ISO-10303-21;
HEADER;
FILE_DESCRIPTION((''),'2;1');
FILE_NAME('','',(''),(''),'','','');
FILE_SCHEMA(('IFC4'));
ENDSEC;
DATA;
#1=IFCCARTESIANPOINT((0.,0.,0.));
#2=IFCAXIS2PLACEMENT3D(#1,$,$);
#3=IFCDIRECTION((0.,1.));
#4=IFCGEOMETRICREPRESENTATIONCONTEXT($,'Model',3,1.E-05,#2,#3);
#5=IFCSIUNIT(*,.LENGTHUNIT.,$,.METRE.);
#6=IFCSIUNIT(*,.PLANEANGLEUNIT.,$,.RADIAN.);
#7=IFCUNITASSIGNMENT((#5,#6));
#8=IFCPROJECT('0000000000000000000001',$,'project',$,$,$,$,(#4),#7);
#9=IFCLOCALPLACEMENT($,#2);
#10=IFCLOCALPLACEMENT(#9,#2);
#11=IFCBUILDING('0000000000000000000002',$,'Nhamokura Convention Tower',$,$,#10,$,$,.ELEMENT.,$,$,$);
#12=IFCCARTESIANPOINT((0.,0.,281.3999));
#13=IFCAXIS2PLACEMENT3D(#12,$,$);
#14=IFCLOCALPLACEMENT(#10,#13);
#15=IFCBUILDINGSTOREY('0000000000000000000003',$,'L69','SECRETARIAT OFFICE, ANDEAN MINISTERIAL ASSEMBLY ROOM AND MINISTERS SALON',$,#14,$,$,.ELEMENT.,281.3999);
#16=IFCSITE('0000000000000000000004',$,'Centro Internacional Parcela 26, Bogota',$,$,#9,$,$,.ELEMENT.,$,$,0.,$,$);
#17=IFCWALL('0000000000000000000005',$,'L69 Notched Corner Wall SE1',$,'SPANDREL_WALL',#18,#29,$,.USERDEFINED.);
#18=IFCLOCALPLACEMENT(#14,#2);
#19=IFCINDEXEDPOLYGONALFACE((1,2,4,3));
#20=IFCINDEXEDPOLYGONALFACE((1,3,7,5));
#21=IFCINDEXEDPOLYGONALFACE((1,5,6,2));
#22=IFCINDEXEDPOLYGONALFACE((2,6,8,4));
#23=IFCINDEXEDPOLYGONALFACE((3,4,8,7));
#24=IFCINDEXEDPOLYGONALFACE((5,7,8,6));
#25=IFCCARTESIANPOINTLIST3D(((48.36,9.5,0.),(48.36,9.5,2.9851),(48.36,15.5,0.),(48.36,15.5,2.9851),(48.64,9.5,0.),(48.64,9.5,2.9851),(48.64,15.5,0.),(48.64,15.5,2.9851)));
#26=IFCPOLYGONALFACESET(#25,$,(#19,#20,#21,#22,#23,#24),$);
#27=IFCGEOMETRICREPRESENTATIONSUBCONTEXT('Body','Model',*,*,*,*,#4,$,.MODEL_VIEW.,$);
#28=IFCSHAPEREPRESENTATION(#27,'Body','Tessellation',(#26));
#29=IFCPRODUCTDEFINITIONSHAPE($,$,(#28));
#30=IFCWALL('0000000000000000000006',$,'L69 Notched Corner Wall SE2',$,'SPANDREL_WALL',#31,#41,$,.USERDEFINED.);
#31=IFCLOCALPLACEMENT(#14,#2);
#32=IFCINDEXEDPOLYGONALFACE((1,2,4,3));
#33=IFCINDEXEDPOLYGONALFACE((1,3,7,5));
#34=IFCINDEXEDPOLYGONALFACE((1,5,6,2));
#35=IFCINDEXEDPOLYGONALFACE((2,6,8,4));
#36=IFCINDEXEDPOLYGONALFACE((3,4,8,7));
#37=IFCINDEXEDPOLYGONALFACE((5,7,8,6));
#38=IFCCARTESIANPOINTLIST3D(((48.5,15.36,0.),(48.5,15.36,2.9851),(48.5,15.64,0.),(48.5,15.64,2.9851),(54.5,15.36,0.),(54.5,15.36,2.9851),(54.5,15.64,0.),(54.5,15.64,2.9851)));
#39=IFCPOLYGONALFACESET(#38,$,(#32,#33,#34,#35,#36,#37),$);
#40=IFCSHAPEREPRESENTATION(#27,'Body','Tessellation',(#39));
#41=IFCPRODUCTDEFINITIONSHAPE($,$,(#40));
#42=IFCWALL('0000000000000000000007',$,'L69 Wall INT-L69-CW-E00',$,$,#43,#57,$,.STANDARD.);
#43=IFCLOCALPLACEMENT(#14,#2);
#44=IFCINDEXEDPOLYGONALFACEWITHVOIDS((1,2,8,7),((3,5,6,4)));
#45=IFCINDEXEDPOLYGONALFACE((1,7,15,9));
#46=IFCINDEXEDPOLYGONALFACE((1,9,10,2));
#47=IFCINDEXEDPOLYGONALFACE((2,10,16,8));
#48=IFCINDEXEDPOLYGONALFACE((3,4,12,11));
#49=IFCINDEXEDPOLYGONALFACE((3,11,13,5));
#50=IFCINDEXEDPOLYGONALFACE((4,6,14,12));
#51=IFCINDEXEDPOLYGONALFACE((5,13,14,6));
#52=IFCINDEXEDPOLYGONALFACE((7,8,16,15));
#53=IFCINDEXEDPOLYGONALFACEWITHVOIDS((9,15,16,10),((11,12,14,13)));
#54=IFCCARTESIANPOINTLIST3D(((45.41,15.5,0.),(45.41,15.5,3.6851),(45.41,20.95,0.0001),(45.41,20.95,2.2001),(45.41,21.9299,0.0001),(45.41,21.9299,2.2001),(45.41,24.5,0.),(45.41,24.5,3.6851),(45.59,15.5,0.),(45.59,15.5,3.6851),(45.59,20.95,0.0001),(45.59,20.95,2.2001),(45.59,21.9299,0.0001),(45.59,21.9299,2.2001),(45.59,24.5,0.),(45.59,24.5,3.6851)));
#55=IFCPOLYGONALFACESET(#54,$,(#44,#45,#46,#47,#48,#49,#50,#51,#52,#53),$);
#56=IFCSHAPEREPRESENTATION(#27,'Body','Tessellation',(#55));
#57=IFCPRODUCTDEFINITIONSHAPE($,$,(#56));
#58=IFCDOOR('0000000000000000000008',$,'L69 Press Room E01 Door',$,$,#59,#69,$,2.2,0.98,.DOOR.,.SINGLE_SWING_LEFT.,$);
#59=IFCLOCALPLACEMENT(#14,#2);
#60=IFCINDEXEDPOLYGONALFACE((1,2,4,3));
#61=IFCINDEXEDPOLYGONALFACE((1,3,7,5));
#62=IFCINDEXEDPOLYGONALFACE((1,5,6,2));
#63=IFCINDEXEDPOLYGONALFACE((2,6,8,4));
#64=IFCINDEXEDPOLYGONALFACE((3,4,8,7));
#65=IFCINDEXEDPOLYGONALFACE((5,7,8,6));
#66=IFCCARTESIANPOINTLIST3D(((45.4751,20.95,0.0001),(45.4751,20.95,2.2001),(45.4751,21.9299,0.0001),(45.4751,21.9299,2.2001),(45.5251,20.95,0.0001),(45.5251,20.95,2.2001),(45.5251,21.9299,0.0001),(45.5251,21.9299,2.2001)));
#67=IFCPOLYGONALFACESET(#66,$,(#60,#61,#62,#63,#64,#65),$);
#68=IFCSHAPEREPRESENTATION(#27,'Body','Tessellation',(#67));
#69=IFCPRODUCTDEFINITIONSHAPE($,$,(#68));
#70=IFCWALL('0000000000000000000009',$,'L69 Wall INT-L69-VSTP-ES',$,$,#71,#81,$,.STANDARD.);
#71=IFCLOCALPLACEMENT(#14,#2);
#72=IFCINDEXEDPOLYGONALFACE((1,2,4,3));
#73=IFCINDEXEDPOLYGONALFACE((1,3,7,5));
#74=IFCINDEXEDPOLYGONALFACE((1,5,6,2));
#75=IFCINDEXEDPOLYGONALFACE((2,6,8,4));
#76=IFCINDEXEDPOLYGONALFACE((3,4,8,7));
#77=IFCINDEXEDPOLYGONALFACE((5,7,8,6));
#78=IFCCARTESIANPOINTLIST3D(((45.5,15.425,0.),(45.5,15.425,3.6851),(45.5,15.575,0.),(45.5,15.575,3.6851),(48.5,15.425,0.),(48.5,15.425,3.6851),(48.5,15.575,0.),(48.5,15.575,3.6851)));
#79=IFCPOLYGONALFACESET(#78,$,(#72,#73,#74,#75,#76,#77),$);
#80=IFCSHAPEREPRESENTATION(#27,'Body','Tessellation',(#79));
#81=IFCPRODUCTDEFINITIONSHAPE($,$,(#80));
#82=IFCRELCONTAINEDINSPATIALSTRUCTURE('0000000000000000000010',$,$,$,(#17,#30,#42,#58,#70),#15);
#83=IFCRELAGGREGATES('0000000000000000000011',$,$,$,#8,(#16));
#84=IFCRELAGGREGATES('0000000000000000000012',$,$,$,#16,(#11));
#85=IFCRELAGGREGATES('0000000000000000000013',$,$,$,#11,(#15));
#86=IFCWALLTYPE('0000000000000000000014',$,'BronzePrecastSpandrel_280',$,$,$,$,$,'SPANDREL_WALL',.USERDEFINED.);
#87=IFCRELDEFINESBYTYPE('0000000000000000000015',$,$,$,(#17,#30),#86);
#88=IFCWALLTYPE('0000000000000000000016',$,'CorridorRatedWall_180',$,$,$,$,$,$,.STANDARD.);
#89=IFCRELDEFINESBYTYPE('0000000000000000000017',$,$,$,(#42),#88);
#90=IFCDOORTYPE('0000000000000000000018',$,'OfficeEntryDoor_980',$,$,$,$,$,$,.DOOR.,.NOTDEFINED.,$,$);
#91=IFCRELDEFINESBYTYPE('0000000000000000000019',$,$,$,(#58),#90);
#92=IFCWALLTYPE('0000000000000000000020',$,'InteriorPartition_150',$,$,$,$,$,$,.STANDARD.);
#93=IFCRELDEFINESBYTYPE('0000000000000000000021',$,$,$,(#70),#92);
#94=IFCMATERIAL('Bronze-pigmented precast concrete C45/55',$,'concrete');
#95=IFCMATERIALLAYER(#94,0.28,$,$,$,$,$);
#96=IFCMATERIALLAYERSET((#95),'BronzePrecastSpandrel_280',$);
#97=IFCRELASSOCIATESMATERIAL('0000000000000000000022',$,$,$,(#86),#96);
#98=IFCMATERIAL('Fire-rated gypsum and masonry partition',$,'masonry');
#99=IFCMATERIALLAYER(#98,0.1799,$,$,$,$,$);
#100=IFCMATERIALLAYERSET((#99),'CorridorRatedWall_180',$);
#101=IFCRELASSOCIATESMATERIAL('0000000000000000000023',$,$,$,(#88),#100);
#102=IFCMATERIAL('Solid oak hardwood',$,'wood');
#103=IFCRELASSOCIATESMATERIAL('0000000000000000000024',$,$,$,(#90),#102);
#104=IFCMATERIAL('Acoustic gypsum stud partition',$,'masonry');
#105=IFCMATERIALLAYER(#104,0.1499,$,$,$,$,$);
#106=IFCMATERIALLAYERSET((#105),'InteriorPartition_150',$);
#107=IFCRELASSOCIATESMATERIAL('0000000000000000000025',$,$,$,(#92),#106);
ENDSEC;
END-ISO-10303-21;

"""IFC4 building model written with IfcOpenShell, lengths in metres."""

from ifc_helpers import new_model, si_unit, direction, frame, frame_2d, origin, place, context, subcontext, project, spatial, rectangle, extrude, material, layer, layer_set, type_object, element, fill, save


model = new_model("IFC4")

# Units and contexts
model_context = context("Model", 3, precision=1e-05, world=origin(), true_north=direction((0.0, 1.0)))
body_context = subcontext(model_context, "Body", "Model", "MODEL_VIEW")
ifc_project = project(units=[si_unit("LENGTHUNIT", "METRE"), si_unit("PLANEANGLEUNIT", "RADIAN")], contexts=[model_context])

# Site, building, storey
site_placement = place(None, origin())
site = spatial("IfcSite", under=ifc_project, at=site_placement, Name="Centro Internacional Parcela 26, Bogota", CompositionType="ELEMENT", RefElevation=0.0)
building_placement = place(site_placement, origin())
building = spatial("IfcBuilding", under=site, at=building_placement, Name="Nhamokura Convention Tower", CompositionType="ELEMENT")
storey_placement = place(building_placement, frame((0.0, 0.0, 281.3999)))
storey = spatial("IfcBuildingStorey", under=building, at=storey_placement, Name="L69", Description="SECRETARIAT OFFICE, ANDEAN MINISTERIAL ASSEMBLY ROOM AND MINISTERS SALON", CompositionType="ELEMENT", Elevation=281.3999)

# Walls
ifc_material_1 = material(Name="Bronze-pigmented precast concrete C45/55", Category="concrete")
ifc_layer_1 = layer(ifc_material_1, 0.28)
ifc_layer_set_1 = layer_set([ifc_layer_1], Name="BronzePrecastSpandrel_280")
wall_type_1 = type_object("IfcWallType", Name="BronzePrecastSpandrel_280", ElementType="SPANDREL_WALL", PredefinedType="USERDEFINED", material=ifc_layer_set_1)
for number, where, z_axis, x_axis, name in (
    (1, (48.5, 15.5, 0.0), (0.0, 0.0, 1.0), (0.0, -1.0, 0.0), "L69 Notched Corner Wall SE1"),
    (2, (54.5, 15.5, 0.0), (0.0, 0.0, 1.0), (-1.0, 0.0, 0.0), "L69 Notched Corner Wall SE2"),
):
    element("IfcWall", number, at=place(storey_placement, frame(where, z_axis=z_axis, x_axis=x_axis)), inside=storey, type_object=wall_type_1, Name=name, ObjectType="SPANDREL_WALL", PredefinedType="USERDEFINED", context=body_context, shape_type="SweptSolid", body=[
        extrude(rectangle(XDim=6.0, YDim=0.28, at=frame_2d((3.0, 0.0))), origin(), (0.0, 0.0, 1.0), 2.9851),
    ])

# Wall, opening, door
ifc_material_2 = material(Name="Fire-rated gypsum and masonry partition", Category="masonry")
ifc_layer_2 = layer(ifc_material_2, 0.1799)
ifc_layer_set_2 = layer_set([ifc_layer_2], Name="CorridorRatedWall_180")
wall_type_2 = type_object("IfcWallType", Name="CorridorRatedWall_180", PredefinedType="STANDARD", material=ifc_layer_set_2)
wall_1_placement = place(storey_placement, frame((45.5, 15.5, 0.0), z_axis=(0.0, 0.0, 1.0), x_axis=(0.0, 1.0, 0.0)))
wall_1 = element("IfcWall", 3, at=wall_1_placement, inside=storey, type_object=wall_type_2, Name="L69 Wall INT-L69-CW-E00", PredefinedType="STANDARD", context=body_context, shape_type="SweptSolid", body=[
    extrude(rectangle(XDim=9.0, YDim=0.1799, at=frame_2d((4.5, 0.0))), origin(), (0.0, 0.0, 1.0), 3.6851),
])
opening_placement = place(wall_1_placement, frame((5.45, 0.0, 0.0)))
opening = element("IfcOpeningElement", 4, at=opening_placement, cuts=wall_1, PredefinedType="OPENING", context=body_context, shape_type="SweptSolid", body=[
    extrude(rectangle(XDim=0.98, YDim=2.2, at=frame_2d((0.49, 1.1001))), frame((0.0, 0.0999, 0.0), z_axis=(0.0, -1.0, 0.0), x_axis=(1.0, 0.0, 0.0)), (0.0, 0.0, 1.0), 0.2),
])
ifc_material_3 = material(Name="Solid oak hardwood", Category="wood")
door_type = type_object("IfcDoorType", Name="OfficeEntryDoor_980", OperationType="NOTDEFINED", PredefinedType="DOOR", material=ifc_material_3)
door_placement = place(opening_placement, origin())
door = element("IfcDoor", 5, at=door_placement, inside=storey, type_object=door_type, Name="L69 Press Room E01 Door", OperationType="SINGLE_SWING_LEFT", OverallHeight=2.2, OverallWidth=0.98, PredefinedType="DOOR", context=body_context, shape_type="SweptSolid", body=[
    extrude(rectangle(XDim=0.98, YDim=2.2, at=frame_2d((0.49, 1.1001))), frame((0.0, 0.0249, 0.0), z_axis=(0.0, -1.0, 0.0), x_axis=(1.0, 0.0, 0.0)), (0.0, 0.0, 1.0), 0.05),
])
fill(opening, door)

# Wall
ifc_material_4 = material(Name="Acoustic gypsum stud partition", Category="masonry")
ifc_layer_3 = layer(ifc_material_4, 0.1499)
ifc_layer_set_3 = layer_set([ifc_layer_3], Name="InteriorPartition_150")
wall_type_3 = type_object("IfcWallType", Name="InteriorPartition_150", PredefinedType="STANDARD", material=ifc_layer_set_3)
wall_2_placement = place(storey_placement, frame((45.5, 15.5, 0.0), z_axis=(0.0, 0.0, 1.0), x_axis=(1.0, 0.0, 0.0)))
element("IfcWall", 6, at=wall_2_placement, inside=storey, type_object=wall_type_3, Name="L69 Wall INT-L69-VSTP-ES", PredefinedType="STANDARD", context=body_context, shape_type="SweptSolid", body=[
    extrude(rectangle(XDim=3.0, YDim=0.1499, at=frame_2d((1.5, 0.0))), origin(), (0.0, 0.0, 1.0), 3.6851),
])

save(model, "model.ifc")
